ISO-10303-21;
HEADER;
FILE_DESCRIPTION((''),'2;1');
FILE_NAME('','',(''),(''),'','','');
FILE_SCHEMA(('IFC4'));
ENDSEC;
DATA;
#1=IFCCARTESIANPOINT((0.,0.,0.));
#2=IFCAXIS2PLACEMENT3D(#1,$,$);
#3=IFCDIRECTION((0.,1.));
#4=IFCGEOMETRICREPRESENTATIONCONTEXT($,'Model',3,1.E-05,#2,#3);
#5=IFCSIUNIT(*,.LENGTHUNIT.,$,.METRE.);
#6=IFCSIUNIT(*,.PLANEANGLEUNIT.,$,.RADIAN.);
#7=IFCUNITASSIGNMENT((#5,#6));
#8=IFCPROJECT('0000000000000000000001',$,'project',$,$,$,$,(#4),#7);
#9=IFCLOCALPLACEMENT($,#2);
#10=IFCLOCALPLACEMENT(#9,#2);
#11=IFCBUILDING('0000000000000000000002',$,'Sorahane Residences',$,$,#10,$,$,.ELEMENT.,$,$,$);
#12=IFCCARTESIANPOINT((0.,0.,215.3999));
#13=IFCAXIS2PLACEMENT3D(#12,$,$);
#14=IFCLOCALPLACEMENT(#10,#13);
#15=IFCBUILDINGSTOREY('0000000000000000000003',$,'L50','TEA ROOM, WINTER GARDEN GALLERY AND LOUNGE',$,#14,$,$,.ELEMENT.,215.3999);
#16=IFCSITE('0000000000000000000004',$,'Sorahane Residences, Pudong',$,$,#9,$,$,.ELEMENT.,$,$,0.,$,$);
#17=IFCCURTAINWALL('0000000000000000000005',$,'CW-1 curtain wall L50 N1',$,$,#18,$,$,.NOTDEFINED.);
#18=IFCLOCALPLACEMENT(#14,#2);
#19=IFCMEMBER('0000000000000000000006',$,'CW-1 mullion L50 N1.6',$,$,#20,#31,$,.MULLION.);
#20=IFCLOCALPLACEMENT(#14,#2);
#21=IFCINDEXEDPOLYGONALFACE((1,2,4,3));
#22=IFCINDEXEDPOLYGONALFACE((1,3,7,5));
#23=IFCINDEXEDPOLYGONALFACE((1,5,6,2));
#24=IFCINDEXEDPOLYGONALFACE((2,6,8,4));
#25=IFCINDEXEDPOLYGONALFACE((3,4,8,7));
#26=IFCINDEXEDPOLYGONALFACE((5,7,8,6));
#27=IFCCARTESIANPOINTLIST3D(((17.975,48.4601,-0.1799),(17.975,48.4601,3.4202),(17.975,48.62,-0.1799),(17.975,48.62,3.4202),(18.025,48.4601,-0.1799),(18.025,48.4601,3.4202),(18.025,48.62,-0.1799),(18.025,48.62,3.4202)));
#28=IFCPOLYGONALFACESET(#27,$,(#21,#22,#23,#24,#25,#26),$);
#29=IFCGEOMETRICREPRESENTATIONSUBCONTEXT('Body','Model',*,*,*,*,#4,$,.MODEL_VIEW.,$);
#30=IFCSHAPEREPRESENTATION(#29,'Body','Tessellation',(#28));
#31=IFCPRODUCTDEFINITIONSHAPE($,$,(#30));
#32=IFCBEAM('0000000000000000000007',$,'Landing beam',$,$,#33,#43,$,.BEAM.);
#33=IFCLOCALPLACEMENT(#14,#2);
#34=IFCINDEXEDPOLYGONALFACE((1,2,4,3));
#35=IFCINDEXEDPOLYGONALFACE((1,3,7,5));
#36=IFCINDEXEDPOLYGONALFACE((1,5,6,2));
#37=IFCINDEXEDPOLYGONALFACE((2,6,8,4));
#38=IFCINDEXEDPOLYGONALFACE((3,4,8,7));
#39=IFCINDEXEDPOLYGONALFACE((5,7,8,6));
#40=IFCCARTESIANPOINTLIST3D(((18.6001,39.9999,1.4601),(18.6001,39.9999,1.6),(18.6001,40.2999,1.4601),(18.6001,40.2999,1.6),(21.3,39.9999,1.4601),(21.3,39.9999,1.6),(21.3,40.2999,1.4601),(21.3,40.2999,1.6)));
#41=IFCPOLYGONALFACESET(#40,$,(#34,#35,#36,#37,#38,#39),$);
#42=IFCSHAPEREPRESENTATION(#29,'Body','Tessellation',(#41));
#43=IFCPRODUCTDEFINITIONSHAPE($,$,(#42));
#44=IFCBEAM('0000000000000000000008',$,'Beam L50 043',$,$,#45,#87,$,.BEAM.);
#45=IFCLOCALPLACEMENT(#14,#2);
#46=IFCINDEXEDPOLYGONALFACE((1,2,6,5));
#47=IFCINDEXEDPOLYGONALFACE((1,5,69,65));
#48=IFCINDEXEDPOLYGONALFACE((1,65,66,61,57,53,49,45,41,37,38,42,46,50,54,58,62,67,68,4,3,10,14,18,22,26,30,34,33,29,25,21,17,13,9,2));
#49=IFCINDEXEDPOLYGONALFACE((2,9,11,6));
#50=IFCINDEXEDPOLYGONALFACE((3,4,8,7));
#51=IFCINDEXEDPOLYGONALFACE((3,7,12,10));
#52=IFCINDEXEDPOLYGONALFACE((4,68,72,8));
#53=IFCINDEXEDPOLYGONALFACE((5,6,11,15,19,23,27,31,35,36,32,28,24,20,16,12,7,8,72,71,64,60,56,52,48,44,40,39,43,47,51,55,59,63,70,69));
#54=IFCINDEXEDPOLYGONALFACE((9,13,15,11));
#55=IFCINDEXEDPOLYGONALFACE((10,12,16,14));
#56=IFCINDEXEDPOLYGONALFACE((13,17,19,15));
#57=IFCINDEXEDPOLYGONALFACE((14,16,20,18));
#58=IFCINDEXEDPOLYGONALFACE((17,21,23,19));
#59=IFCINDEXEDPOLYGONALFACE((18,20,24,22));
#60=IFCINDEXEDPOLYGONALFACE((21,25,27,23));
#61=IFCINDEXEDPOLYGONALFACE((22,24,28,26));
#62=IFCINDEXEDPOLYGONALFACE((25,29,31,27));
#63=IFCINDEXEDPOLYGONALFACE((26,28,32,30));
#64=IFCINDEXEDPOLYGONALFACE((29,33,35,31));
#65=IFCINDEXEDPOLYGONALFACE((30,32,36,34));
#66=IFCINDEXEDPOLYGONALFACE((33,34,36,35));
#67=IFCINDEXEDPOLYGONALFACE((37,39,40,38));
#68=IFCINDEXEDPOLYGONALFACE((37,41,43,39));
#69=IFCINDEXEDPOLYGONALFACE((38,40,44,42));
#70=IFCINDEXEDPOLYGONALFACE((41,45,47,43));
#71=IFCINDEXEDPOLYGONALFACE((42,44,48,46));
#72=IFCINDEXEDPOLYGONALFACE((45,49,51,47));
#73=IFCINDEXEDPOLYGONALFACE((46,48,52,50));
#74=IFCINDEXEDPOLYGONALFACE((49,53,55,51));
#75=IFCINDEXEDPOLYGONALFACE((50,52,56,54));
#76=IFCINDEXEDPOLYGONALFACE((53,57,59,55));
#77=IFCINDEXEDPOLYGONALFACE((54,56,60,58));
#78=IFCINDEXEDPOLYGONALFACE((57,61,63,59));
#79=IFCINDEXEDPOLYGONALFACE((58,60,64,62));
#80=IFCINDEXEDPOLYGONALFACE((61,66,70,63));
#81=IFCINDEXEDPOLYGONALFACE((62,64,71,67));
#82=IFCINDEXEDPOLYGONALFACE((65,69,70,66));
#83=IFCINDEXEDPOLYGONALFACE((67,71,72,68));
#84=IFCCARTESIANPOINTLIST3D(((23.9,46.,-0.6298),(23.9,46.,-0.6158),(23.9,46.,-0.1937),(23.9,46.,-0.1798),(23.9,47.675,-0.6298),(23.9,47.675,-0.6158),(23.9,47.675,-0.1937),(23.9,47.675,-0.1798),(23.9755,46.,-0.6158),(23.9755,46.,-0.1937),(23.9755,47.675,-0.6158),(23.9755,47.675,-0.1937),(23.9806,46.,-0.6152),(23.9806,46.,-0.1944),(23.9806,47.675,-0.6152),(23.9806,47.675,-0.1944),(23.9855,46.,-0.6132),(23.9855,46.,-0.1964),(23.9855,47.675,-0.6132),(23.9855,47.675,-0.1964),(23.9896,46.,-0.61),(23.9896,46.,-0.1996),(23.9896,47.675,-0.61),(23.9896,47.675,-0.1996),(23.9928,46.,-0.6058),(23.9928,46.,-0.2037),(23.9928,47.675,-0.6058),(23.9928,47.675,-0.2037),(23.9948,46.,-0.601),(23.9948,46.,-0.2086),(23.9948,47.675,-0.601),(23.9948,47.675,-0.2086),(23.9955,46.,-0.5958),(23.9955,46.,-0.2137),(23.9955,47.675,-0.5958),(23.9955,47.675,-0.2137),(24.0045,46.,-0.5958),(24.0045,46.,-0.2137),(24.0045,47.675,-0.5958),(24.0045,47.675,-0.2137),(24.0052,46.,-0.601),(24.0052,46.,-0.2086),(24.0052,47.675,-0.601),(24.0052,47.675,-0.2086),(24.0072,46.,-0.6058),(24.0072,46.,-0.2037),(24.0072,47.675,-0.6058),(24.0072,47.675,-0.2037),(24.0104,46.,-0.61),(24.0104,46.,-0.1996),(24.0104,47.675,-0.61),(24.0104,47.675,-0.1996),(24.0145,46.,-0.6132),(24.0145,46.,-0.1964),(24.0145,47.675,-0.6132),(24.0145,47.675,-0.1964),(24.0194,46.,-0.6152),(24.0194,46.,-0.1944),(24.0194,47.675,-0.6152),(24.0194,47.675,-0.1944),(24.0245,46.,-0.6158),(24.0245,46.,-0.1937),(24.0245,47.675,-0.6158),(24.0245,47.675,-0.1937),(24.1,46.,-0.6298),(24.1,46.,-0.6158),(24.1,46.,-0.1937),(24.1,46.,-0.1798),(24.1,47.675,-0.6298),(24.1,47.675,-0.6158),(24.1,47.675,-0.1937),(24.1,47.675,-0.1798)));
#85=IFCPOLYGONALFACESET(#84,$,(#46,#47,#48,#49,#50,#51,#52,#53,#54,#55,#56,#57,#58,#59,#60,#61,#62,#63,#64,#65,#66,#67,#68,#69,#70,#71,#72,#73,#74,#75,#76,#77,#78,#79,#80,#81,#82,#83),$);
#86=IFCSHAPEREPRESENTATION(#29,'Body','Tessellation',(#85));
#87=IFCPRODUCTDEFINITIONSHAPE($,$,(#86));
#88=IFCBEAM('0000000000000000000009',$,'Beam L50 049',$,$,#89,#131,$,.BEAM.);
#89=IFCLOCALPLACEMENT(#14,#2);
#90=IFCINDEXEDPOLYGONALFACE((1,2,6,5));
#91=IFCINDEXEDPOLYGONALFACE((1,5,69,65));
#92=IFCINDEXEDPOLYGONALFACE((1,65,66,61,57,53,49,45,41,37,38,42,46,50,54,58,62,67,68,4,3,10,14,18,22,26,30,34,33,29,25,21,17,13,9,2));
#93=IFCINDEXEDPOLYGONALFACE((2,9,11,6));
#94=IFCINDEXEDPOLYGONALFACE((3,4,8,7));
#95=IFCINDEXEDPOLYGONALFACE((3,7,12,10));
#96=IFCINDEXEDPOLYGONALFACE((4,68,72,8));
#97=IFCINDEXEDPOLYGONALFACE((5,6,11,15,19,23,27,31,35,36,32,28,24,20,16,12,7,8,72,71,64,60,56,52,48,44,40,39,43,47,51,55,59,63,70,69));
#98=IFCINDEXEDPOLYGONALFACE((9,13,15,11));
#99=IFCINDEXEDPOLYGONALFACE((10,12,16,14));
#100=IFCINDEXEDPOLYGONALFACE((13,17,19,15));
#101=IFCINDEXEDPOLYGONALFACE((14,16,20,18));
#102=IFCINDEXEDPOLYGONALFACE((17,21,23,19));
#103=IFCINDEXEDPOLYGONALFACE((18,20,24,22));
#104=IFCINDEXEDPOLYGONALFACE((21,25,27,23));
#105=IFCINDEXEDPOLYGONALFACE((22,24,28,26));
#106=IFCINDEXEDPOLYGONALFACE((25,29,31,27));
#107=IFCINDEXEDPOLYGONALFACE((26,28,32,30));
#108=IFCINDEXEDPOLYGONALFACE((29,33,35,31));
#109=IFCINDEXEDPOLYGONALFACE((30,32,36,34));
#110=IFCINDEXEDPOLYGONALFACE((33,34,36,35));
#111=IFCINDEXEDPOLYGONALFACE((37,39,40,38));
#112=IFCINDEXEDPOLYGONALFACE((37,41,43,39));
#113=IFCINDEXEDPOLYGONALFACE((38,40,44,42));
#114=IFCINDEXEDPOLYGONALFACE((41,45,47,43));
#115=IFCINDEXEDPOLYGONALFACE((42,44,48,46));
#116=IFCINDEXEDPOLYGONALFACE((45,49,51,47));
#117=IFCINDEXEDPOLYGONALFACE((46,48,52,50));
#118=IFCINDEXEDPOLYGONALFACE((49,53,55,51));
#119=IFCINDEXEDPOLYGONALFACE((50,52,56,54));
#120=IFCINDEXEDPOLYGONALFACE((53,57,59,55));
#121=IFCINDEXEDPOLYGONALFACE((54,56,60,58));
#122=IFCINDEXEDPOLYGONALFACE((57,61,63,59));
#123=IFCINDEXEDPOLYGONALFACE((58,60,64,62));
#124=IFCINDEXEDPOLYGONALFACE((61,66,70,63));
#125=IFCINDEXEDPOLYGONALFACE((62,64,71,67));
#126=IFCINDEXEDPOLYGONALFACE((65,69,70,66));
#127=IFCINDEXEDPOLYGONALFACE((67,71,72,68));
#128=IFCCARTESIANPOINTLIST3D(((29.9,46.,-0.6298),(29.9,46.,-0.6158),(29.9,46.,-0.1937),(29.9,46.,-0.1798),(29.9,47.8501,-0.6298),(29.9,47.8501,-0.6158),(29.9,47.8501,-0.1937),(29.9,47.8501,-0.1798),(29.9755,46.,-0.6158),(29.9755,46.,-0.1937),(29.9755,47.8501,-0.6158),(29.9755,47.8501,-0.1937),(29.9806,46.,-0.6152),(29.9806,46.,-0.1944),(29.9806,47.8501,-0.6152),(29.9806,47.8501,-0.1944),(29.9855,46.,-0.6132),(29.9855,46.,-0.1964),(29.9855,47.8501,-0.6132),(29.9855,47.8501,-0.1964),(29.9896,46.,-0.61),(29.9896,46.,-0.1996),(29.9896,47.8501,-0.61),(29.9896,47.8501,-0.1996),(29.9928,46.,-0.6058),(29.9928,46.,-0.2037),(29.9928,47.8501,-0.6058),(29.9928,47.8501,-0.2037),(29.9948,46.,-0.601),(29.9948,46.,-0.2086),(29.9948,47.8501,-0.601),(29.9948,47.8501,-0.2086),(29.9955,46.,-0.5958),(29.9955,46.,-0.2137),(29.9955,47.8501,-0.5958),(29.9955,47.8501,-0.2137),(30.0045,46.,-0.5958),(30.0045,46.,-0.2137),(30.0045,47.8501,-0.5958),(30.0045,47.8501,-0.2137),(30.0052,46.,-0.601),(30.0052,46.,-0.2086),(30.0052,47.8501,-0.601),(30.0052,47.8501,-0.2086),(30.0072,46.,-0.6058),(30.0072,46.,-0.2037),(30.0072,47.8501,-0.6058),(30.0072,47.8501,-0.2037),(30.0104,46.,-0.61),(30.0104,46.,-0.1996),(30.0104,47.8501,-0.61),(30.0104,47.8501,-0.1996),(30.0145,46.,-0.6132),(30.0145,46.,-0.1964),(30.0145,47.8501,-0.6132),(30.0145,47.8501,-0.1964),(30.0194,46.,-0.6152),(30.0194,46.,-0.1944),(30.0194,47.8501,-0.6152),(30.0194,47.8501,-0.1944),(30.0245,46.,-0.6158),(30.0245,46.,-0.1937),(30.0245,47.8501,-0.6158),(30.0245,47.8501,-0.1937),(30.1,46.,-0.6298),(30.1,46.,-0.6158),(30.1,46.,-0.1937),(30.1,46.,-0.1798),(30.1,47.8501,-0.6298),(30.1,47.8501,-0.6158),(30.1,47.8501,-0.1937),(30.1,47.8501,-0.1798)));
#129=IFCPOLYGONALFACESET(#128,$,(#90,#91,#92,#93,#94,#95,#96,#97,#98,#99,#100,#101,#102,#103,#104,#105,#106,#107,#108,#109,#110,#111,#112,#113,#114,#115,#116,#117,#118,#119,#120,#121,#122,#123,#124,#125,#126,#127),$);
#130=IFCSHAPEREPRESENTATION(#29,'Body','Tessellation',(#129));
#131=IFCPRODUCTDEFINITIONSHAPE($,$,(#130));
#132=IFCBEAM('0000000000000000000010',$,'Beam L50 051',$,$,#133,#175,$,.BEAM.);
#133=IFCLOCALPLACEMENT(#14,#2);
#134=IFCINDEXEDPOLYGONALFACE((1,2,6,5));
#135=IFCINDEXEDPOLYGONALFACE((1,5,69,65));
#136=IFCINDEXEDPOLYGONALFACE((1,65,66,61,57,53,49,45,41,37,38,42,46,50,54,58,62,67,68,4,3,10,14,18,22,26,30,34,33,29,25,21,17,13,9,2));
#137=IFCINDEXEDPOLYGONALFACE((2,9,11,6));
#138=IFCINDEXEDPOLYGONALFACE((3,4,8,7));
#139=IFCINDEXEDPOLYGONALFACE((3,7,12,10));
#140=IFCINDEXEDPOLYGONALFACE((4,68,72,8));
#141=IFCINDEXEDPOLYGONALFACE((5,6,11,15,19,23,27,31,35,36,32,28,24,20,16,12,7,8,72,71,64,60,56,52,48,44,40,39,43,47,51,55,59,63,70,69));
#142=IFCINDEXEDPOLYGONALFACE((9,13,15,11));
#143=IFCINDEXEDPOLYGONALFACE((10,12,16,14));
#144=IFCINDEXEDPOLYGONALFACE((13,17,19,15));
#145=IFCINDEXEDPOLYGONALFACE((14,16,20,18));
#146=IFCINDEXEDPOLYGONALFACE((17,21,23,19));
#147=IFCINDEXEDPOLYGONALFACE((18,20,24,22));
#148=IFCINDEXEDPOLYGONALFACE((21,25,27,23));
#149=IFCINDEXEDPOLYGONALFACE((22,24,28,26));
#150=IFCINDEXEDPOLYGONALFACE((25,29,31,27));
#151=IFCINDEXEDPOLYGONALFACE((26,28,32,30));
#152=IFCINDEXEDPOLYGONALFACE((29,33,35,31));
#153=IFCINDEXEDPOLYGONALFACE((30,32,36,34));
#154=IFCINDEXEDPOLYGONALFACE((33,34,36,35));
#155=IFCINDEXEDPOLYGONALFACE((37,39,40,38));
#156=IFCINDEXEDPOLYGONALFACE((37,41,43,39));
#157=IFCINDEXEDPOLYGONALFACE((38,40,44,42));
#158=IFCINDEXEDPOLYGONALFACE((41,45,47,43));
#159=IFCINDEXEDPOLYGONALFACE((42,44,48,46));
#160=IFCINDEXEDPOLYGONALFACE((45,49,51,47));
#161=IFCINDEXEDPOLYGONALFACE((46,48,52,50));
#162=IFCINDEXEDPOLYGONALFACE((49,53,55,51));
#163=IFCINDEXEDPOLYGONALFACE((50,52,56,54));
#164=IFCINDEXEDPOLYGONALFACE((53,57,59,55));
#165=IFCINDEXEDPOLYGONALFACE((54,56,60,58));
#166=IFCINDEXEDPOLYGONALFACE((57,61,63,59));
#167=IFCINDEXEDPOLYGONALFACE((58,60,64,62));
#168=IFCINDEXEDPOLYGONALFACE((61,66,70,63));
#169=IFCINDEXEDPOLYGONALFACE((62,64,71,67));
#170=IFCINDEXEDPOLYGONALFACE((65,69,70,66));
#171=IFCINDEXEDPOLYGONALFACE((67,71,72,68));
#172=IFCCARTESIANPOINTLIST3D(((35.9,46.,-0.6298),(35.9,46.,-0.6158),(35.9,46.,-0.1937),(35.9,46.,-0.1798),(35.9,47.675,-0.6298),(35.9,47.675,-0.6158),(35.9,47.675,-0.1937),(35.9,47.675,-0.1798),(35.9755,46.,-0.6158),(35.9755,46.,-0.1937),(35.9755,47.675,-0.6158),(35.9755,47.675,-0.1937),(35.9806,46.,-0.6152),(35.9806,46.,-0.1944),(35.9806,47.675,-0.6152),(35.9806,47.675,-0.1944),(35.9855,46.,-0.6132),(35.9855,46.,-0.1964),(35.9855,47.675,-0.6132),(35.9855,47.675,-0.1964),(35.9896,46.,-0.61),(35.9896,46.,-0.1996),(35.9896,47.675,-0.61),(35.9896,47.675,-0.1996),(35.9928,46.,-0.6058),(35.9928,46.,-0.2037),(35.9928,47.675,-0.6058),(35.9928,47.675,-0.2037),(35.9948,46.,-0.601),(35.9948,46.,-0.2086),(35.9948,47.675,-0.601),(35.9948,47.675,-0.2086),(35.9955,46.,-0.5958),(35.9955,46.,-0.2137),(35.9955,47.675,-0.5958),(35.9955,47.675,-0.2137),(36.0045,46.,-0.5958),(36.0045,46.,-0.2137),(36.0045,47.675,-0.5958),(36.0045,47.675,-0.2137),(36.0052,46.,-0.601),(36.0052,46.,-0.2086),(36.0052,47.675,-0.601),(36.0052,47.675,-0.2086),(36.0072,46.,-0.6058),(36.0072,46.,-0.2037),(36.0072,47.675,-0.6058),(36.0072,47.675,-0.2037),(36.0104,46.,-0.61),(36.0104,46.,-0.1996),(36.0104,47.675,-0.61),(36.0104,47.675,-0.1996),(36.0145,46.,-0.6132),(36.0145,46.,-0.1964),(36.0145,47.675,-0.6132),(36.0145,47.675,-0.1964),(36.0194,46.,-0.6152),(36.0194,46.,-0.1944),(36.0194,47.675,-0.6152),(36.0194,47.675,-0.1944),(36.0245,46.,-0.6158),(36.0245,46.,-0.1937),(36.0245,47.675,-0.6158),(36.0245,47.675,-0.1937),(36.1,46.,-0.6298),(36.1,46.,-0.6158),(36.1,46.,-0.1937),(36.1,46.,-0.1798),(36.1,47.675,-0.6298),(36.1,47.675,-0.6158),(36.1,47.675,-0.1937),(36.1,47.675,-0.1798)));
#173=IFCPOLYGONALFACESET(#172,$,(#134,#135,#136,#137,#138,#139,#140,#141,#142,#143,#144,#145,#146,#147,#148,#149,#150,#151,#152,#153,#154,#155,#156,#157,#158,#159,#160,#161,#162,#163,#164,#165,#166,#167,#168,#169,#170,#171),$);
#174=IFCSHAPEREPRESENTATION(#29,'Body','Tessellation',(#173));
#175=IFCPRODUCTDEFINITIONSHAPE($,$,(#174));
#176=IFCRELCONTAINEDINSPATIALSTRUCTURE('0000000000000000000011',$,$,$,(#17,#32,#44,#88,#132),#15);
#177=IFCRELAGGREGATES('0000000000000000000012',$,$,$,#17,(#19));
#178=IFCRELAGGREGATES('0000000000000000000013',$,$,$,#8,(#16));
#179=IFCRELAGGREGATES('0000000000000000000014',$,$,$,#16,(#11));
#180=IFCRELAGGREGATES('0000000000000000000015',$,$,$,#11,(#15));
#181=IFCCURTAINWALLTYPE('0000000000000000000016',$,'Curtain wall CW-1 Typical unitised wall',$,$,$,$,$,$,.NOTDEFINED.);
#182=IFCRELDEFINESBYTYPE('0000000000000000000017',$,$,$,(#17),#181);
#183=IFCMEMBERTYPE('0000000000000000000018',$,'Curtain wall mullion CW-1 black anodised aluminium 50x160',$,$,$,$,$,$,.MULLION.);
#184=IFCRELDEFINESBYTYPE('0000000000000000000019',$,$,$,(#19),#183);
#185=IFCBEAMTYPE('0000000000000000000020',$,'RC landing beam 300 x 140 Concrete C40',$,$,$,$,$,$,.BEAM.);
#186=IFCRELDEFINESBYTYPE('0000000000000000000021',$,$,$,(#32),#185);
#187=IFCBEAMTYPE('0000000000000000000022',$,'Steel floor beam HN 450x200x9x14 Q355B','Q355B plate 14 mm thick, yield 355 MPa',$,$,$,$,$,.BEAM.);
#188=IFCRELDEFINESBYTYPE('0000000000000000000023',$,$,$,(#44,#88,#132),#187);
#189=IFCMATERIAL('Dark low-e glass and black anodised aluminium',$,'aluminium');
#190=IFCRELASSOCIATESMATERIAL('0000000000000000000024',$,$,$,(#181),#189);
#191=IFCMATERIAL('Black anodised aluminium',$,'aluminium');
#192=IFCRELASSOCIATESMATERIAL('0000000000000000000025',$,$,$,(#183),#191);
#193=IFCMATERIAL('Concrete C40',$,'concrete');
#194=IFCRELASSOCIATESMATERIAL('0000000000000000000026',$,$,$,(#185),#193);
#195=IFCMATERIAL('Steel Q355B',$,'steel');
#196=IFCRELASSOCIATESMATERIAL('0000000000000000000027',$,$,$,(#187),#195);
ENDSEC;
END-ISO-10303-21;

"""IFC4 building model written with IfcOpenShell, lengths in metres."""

from ifc_helpers import new_model, si_unit, direction, frame, origin, origin_2d, place, context, subcontext, project, spatial, rectangle, i_section, extrude, material, material_profile, profile_set, type_object, element, aggregate, save


model = new_model("IFC4")

# Units and contexts
model_context = context("Model", 3, precision=1e-05, world=origin(), true_north=direction((0.0, 1.0)))
body_context = subcontext(model_context, "Body", "Model", "MODEL_VIEW")
ifc_project = project(units=[si_unit("LENGTHUNIT", "METRE"), si_unit("PLANEANGLEUNIT", "RADIAN")], contexts=[model_context])

# Site, building, storey
site_placement = place(None, origin())
site = spatial("IfcSite", under=ifc_project, at=site_placement, Name="Sorahane Residences, Pudong", CompositionType="ELEMENT", RefElevation=0.0)
building_placement = place(site_placement, origin())
building = spatial("IfcBuilding", under=site, at=building_placement, Name="Sorahane Residences", CompositionType="ELEMENT")
storey_placement = place(building_placement, frame((0.0, 0.0, 215.3999)))
storey = spatial("IfcBuildingStorey", under=building, at=storey_placement, Name="L50", Description="TEA ROOM, WINTER GARDEN GALLERY AND LOUNGE", CompositionType="ELEMENT", Elevation=215.3999)

# Curtain wall, member
ifc_material_1 = material(Name="Dark low-e glass and black anodised aluminium", Category="aluminium")
curtain_wall_type = type_object("IfcCurtainWallType", Name="Curtain wall CW-1 Typical unitised wall", PredefinedType="NOTDEFINED", material=ifc_material_1)
curtain_wall_placement = place(storey_placement, origin())
curtain_wall = element("IfcCurtainWall", 1, at=curtain_wall_placement, inside=storey, type_object=curtain_wall_type, Name="CW-1 curtain wall L50 N1", PredefinedType="NOTDEFINED")
ifc_material_2 = material(Name="Black anodised aluminium", Category="aluminium")
ifc_material_profile_1 = material_profile(ifc_material_2, rectangle(XDim=0.1599, YDim=0.05, at=origin_2d()), Name="Curtain wall mullion CW-1 black anodised aluminium 50x160")
ifc_profile_set_1 = profile_set([ifc_material_profile_1], Name="Black anodised aluminium")
member_type_1 = type_object("IfcMemberType", Name="Curtain wall mullion CW-1 black anodised aluminium 50x160", PredefinedType="MULLION", material=ifc_profile_set_1)
member_1_placement = place(storey_placement, frame((18.0, 48.54, -0.1799), z_axis=(0.0, 0.0, 1.0), x_axis=(0.0, 1.0, 0.0)))
member_1 = element("IfcMember", 2, at=member_1_placement, type_object=member_type_1, Name="CW-1 mullion L50 N1.6", PredefinedType="MULLION", context=body_context, shape_type="SweptSolid", body=[
    extrude(rectangle(XDim=0.1599, YDim=0.05, at=origin_2d()), origin(), (0.0, 0.0, 1.0), 3.6001),
])

# Beams
ifc_material_3 = material(Name="Concrete C40", Category="concrete")
ifc_material_profile_2 = material_profile(ifc_material_3, rectangle(XDim=0.3, YDim=0.1399, at=origin_2d()), Name="300x140")
ifc_profile_set_2 = profile_set([ifc_material_profile_2], Name="Concrete C40")
beam_type_1 = type_object("IfcBeamType", Name="RC landing beam 300 x 140 Concrete C40", PredefinedType="BEAM", material=ifc_profile_set_2)
beam_1_placement = place(storey_placement, frame((18.6001, 40.1499, 1.53), z_axis=(1.0, 0.0, 0.0), x_axis=(0.0, 1.0, 0.0)))
element("IfcBeam", 3, at=beam_1_placement, inside=storey, type_object=beam_type_1, Name="Landing beam", PredefinedType="BEAM", context=body_context, shape_type="SweptSolid", body=[
    extrude(rectangle(XDim=0.3, YDim=0.1399, at=origin_2d()), origin(), (0.0, 0.0, 1.0), 2.7),
])
ifc_material_4 = material(Name="Steel Q355B", Category="steel")
ifc_material_profile_3 = material_profile(ifc_material_4, i_section(OverallWidth=0.2, OverallDepth=0.45, WebThickness=0.009, FlangeThickness=0.0139, FilletRadius=0.02, at=origin_2d()), Name="HN 450x200x9x14")
ifc_profile_set_3 = profile_set([ifc_material_profile_3], Name="Steel Q355B")
beam_type_2 = type_object("IfcBeamType", Name="Steel floor beam HN 450x200x9x14 Q355B", Description="Q355B plate 14 mm thick, yield 355 MPa", PredefinedType="BEAM", material=ifc_profile_set_3)
beam_2_placement = place(storey_placement, frame((24.0, 46.0, -0.4048), z_axis=(0.0, 1.0, 0.0), x_axis=(-1.0, 0.0, 0.0)))
element("IfcBeam", 4, at=beam_2_placement, inside=storey, type_object=beam_type_2, Name="Beam L50 043", PredefinedType="BEAM", context=body_context, shape_type="SweptSolid", body=[
    extrude(i_section(OverallWidth=0.2, OverallDepth=0.45, WebThickness=0.009, FlangeThickness=0.0139, FilletRadius=0.02, at=origin_2d()), origin(), (0.0, 0.0, 1.0), 1.675),
])
beam_3_placement = place(storey_placement, frame((30.0, 46.0, -0.4048), z_axis=(0.0, 1.0, 0.0), x_axis=(-1.0, 0.0, 0.0)))
element("IfcBeam", 5, at=beam_3_placement, inside=storey, type_object=beam_type_2, Name="Beam L50 049", PredefinedType="BEAM", context=body_context, shape_type="SweptSolid", body=[
    extrude(i_section(OverallWidth=0.2, OverallDepth=0.45, WebThickness=0.009, FlangeThickness=0.0139, FilletRadius=0.02, at=origin_2d()), origin(), (0.0, 0.0, 1.0), 1.8501),
])
beam_4_placement = place(storey_placement, frame((36.0, 46.0, -0.4048), z_axis=(0.0, 1.0, 0.0), x_axis=(-1.0, 0.0, 0.0)))
element("IfcBeam", 6, at=beam_4_placement, inside=storey, type_object=beam_type_2, Name="Beam L50 051", PredefinedType="BEAM", context=body_context, shape_type="SweptSolid", body=[
    extrude(i_section(OverallWidth=0.2, OverallDepth=0.45, WebThickness=0.009, FlangeThickness=0.0139, FilletRadius=0.02, at=origin_2d()), origin(), (0.0, 0.0, 1.0), 1.675),
])

aggregate(curtain_wall, [member_1])

save(model, "model.ifc")
